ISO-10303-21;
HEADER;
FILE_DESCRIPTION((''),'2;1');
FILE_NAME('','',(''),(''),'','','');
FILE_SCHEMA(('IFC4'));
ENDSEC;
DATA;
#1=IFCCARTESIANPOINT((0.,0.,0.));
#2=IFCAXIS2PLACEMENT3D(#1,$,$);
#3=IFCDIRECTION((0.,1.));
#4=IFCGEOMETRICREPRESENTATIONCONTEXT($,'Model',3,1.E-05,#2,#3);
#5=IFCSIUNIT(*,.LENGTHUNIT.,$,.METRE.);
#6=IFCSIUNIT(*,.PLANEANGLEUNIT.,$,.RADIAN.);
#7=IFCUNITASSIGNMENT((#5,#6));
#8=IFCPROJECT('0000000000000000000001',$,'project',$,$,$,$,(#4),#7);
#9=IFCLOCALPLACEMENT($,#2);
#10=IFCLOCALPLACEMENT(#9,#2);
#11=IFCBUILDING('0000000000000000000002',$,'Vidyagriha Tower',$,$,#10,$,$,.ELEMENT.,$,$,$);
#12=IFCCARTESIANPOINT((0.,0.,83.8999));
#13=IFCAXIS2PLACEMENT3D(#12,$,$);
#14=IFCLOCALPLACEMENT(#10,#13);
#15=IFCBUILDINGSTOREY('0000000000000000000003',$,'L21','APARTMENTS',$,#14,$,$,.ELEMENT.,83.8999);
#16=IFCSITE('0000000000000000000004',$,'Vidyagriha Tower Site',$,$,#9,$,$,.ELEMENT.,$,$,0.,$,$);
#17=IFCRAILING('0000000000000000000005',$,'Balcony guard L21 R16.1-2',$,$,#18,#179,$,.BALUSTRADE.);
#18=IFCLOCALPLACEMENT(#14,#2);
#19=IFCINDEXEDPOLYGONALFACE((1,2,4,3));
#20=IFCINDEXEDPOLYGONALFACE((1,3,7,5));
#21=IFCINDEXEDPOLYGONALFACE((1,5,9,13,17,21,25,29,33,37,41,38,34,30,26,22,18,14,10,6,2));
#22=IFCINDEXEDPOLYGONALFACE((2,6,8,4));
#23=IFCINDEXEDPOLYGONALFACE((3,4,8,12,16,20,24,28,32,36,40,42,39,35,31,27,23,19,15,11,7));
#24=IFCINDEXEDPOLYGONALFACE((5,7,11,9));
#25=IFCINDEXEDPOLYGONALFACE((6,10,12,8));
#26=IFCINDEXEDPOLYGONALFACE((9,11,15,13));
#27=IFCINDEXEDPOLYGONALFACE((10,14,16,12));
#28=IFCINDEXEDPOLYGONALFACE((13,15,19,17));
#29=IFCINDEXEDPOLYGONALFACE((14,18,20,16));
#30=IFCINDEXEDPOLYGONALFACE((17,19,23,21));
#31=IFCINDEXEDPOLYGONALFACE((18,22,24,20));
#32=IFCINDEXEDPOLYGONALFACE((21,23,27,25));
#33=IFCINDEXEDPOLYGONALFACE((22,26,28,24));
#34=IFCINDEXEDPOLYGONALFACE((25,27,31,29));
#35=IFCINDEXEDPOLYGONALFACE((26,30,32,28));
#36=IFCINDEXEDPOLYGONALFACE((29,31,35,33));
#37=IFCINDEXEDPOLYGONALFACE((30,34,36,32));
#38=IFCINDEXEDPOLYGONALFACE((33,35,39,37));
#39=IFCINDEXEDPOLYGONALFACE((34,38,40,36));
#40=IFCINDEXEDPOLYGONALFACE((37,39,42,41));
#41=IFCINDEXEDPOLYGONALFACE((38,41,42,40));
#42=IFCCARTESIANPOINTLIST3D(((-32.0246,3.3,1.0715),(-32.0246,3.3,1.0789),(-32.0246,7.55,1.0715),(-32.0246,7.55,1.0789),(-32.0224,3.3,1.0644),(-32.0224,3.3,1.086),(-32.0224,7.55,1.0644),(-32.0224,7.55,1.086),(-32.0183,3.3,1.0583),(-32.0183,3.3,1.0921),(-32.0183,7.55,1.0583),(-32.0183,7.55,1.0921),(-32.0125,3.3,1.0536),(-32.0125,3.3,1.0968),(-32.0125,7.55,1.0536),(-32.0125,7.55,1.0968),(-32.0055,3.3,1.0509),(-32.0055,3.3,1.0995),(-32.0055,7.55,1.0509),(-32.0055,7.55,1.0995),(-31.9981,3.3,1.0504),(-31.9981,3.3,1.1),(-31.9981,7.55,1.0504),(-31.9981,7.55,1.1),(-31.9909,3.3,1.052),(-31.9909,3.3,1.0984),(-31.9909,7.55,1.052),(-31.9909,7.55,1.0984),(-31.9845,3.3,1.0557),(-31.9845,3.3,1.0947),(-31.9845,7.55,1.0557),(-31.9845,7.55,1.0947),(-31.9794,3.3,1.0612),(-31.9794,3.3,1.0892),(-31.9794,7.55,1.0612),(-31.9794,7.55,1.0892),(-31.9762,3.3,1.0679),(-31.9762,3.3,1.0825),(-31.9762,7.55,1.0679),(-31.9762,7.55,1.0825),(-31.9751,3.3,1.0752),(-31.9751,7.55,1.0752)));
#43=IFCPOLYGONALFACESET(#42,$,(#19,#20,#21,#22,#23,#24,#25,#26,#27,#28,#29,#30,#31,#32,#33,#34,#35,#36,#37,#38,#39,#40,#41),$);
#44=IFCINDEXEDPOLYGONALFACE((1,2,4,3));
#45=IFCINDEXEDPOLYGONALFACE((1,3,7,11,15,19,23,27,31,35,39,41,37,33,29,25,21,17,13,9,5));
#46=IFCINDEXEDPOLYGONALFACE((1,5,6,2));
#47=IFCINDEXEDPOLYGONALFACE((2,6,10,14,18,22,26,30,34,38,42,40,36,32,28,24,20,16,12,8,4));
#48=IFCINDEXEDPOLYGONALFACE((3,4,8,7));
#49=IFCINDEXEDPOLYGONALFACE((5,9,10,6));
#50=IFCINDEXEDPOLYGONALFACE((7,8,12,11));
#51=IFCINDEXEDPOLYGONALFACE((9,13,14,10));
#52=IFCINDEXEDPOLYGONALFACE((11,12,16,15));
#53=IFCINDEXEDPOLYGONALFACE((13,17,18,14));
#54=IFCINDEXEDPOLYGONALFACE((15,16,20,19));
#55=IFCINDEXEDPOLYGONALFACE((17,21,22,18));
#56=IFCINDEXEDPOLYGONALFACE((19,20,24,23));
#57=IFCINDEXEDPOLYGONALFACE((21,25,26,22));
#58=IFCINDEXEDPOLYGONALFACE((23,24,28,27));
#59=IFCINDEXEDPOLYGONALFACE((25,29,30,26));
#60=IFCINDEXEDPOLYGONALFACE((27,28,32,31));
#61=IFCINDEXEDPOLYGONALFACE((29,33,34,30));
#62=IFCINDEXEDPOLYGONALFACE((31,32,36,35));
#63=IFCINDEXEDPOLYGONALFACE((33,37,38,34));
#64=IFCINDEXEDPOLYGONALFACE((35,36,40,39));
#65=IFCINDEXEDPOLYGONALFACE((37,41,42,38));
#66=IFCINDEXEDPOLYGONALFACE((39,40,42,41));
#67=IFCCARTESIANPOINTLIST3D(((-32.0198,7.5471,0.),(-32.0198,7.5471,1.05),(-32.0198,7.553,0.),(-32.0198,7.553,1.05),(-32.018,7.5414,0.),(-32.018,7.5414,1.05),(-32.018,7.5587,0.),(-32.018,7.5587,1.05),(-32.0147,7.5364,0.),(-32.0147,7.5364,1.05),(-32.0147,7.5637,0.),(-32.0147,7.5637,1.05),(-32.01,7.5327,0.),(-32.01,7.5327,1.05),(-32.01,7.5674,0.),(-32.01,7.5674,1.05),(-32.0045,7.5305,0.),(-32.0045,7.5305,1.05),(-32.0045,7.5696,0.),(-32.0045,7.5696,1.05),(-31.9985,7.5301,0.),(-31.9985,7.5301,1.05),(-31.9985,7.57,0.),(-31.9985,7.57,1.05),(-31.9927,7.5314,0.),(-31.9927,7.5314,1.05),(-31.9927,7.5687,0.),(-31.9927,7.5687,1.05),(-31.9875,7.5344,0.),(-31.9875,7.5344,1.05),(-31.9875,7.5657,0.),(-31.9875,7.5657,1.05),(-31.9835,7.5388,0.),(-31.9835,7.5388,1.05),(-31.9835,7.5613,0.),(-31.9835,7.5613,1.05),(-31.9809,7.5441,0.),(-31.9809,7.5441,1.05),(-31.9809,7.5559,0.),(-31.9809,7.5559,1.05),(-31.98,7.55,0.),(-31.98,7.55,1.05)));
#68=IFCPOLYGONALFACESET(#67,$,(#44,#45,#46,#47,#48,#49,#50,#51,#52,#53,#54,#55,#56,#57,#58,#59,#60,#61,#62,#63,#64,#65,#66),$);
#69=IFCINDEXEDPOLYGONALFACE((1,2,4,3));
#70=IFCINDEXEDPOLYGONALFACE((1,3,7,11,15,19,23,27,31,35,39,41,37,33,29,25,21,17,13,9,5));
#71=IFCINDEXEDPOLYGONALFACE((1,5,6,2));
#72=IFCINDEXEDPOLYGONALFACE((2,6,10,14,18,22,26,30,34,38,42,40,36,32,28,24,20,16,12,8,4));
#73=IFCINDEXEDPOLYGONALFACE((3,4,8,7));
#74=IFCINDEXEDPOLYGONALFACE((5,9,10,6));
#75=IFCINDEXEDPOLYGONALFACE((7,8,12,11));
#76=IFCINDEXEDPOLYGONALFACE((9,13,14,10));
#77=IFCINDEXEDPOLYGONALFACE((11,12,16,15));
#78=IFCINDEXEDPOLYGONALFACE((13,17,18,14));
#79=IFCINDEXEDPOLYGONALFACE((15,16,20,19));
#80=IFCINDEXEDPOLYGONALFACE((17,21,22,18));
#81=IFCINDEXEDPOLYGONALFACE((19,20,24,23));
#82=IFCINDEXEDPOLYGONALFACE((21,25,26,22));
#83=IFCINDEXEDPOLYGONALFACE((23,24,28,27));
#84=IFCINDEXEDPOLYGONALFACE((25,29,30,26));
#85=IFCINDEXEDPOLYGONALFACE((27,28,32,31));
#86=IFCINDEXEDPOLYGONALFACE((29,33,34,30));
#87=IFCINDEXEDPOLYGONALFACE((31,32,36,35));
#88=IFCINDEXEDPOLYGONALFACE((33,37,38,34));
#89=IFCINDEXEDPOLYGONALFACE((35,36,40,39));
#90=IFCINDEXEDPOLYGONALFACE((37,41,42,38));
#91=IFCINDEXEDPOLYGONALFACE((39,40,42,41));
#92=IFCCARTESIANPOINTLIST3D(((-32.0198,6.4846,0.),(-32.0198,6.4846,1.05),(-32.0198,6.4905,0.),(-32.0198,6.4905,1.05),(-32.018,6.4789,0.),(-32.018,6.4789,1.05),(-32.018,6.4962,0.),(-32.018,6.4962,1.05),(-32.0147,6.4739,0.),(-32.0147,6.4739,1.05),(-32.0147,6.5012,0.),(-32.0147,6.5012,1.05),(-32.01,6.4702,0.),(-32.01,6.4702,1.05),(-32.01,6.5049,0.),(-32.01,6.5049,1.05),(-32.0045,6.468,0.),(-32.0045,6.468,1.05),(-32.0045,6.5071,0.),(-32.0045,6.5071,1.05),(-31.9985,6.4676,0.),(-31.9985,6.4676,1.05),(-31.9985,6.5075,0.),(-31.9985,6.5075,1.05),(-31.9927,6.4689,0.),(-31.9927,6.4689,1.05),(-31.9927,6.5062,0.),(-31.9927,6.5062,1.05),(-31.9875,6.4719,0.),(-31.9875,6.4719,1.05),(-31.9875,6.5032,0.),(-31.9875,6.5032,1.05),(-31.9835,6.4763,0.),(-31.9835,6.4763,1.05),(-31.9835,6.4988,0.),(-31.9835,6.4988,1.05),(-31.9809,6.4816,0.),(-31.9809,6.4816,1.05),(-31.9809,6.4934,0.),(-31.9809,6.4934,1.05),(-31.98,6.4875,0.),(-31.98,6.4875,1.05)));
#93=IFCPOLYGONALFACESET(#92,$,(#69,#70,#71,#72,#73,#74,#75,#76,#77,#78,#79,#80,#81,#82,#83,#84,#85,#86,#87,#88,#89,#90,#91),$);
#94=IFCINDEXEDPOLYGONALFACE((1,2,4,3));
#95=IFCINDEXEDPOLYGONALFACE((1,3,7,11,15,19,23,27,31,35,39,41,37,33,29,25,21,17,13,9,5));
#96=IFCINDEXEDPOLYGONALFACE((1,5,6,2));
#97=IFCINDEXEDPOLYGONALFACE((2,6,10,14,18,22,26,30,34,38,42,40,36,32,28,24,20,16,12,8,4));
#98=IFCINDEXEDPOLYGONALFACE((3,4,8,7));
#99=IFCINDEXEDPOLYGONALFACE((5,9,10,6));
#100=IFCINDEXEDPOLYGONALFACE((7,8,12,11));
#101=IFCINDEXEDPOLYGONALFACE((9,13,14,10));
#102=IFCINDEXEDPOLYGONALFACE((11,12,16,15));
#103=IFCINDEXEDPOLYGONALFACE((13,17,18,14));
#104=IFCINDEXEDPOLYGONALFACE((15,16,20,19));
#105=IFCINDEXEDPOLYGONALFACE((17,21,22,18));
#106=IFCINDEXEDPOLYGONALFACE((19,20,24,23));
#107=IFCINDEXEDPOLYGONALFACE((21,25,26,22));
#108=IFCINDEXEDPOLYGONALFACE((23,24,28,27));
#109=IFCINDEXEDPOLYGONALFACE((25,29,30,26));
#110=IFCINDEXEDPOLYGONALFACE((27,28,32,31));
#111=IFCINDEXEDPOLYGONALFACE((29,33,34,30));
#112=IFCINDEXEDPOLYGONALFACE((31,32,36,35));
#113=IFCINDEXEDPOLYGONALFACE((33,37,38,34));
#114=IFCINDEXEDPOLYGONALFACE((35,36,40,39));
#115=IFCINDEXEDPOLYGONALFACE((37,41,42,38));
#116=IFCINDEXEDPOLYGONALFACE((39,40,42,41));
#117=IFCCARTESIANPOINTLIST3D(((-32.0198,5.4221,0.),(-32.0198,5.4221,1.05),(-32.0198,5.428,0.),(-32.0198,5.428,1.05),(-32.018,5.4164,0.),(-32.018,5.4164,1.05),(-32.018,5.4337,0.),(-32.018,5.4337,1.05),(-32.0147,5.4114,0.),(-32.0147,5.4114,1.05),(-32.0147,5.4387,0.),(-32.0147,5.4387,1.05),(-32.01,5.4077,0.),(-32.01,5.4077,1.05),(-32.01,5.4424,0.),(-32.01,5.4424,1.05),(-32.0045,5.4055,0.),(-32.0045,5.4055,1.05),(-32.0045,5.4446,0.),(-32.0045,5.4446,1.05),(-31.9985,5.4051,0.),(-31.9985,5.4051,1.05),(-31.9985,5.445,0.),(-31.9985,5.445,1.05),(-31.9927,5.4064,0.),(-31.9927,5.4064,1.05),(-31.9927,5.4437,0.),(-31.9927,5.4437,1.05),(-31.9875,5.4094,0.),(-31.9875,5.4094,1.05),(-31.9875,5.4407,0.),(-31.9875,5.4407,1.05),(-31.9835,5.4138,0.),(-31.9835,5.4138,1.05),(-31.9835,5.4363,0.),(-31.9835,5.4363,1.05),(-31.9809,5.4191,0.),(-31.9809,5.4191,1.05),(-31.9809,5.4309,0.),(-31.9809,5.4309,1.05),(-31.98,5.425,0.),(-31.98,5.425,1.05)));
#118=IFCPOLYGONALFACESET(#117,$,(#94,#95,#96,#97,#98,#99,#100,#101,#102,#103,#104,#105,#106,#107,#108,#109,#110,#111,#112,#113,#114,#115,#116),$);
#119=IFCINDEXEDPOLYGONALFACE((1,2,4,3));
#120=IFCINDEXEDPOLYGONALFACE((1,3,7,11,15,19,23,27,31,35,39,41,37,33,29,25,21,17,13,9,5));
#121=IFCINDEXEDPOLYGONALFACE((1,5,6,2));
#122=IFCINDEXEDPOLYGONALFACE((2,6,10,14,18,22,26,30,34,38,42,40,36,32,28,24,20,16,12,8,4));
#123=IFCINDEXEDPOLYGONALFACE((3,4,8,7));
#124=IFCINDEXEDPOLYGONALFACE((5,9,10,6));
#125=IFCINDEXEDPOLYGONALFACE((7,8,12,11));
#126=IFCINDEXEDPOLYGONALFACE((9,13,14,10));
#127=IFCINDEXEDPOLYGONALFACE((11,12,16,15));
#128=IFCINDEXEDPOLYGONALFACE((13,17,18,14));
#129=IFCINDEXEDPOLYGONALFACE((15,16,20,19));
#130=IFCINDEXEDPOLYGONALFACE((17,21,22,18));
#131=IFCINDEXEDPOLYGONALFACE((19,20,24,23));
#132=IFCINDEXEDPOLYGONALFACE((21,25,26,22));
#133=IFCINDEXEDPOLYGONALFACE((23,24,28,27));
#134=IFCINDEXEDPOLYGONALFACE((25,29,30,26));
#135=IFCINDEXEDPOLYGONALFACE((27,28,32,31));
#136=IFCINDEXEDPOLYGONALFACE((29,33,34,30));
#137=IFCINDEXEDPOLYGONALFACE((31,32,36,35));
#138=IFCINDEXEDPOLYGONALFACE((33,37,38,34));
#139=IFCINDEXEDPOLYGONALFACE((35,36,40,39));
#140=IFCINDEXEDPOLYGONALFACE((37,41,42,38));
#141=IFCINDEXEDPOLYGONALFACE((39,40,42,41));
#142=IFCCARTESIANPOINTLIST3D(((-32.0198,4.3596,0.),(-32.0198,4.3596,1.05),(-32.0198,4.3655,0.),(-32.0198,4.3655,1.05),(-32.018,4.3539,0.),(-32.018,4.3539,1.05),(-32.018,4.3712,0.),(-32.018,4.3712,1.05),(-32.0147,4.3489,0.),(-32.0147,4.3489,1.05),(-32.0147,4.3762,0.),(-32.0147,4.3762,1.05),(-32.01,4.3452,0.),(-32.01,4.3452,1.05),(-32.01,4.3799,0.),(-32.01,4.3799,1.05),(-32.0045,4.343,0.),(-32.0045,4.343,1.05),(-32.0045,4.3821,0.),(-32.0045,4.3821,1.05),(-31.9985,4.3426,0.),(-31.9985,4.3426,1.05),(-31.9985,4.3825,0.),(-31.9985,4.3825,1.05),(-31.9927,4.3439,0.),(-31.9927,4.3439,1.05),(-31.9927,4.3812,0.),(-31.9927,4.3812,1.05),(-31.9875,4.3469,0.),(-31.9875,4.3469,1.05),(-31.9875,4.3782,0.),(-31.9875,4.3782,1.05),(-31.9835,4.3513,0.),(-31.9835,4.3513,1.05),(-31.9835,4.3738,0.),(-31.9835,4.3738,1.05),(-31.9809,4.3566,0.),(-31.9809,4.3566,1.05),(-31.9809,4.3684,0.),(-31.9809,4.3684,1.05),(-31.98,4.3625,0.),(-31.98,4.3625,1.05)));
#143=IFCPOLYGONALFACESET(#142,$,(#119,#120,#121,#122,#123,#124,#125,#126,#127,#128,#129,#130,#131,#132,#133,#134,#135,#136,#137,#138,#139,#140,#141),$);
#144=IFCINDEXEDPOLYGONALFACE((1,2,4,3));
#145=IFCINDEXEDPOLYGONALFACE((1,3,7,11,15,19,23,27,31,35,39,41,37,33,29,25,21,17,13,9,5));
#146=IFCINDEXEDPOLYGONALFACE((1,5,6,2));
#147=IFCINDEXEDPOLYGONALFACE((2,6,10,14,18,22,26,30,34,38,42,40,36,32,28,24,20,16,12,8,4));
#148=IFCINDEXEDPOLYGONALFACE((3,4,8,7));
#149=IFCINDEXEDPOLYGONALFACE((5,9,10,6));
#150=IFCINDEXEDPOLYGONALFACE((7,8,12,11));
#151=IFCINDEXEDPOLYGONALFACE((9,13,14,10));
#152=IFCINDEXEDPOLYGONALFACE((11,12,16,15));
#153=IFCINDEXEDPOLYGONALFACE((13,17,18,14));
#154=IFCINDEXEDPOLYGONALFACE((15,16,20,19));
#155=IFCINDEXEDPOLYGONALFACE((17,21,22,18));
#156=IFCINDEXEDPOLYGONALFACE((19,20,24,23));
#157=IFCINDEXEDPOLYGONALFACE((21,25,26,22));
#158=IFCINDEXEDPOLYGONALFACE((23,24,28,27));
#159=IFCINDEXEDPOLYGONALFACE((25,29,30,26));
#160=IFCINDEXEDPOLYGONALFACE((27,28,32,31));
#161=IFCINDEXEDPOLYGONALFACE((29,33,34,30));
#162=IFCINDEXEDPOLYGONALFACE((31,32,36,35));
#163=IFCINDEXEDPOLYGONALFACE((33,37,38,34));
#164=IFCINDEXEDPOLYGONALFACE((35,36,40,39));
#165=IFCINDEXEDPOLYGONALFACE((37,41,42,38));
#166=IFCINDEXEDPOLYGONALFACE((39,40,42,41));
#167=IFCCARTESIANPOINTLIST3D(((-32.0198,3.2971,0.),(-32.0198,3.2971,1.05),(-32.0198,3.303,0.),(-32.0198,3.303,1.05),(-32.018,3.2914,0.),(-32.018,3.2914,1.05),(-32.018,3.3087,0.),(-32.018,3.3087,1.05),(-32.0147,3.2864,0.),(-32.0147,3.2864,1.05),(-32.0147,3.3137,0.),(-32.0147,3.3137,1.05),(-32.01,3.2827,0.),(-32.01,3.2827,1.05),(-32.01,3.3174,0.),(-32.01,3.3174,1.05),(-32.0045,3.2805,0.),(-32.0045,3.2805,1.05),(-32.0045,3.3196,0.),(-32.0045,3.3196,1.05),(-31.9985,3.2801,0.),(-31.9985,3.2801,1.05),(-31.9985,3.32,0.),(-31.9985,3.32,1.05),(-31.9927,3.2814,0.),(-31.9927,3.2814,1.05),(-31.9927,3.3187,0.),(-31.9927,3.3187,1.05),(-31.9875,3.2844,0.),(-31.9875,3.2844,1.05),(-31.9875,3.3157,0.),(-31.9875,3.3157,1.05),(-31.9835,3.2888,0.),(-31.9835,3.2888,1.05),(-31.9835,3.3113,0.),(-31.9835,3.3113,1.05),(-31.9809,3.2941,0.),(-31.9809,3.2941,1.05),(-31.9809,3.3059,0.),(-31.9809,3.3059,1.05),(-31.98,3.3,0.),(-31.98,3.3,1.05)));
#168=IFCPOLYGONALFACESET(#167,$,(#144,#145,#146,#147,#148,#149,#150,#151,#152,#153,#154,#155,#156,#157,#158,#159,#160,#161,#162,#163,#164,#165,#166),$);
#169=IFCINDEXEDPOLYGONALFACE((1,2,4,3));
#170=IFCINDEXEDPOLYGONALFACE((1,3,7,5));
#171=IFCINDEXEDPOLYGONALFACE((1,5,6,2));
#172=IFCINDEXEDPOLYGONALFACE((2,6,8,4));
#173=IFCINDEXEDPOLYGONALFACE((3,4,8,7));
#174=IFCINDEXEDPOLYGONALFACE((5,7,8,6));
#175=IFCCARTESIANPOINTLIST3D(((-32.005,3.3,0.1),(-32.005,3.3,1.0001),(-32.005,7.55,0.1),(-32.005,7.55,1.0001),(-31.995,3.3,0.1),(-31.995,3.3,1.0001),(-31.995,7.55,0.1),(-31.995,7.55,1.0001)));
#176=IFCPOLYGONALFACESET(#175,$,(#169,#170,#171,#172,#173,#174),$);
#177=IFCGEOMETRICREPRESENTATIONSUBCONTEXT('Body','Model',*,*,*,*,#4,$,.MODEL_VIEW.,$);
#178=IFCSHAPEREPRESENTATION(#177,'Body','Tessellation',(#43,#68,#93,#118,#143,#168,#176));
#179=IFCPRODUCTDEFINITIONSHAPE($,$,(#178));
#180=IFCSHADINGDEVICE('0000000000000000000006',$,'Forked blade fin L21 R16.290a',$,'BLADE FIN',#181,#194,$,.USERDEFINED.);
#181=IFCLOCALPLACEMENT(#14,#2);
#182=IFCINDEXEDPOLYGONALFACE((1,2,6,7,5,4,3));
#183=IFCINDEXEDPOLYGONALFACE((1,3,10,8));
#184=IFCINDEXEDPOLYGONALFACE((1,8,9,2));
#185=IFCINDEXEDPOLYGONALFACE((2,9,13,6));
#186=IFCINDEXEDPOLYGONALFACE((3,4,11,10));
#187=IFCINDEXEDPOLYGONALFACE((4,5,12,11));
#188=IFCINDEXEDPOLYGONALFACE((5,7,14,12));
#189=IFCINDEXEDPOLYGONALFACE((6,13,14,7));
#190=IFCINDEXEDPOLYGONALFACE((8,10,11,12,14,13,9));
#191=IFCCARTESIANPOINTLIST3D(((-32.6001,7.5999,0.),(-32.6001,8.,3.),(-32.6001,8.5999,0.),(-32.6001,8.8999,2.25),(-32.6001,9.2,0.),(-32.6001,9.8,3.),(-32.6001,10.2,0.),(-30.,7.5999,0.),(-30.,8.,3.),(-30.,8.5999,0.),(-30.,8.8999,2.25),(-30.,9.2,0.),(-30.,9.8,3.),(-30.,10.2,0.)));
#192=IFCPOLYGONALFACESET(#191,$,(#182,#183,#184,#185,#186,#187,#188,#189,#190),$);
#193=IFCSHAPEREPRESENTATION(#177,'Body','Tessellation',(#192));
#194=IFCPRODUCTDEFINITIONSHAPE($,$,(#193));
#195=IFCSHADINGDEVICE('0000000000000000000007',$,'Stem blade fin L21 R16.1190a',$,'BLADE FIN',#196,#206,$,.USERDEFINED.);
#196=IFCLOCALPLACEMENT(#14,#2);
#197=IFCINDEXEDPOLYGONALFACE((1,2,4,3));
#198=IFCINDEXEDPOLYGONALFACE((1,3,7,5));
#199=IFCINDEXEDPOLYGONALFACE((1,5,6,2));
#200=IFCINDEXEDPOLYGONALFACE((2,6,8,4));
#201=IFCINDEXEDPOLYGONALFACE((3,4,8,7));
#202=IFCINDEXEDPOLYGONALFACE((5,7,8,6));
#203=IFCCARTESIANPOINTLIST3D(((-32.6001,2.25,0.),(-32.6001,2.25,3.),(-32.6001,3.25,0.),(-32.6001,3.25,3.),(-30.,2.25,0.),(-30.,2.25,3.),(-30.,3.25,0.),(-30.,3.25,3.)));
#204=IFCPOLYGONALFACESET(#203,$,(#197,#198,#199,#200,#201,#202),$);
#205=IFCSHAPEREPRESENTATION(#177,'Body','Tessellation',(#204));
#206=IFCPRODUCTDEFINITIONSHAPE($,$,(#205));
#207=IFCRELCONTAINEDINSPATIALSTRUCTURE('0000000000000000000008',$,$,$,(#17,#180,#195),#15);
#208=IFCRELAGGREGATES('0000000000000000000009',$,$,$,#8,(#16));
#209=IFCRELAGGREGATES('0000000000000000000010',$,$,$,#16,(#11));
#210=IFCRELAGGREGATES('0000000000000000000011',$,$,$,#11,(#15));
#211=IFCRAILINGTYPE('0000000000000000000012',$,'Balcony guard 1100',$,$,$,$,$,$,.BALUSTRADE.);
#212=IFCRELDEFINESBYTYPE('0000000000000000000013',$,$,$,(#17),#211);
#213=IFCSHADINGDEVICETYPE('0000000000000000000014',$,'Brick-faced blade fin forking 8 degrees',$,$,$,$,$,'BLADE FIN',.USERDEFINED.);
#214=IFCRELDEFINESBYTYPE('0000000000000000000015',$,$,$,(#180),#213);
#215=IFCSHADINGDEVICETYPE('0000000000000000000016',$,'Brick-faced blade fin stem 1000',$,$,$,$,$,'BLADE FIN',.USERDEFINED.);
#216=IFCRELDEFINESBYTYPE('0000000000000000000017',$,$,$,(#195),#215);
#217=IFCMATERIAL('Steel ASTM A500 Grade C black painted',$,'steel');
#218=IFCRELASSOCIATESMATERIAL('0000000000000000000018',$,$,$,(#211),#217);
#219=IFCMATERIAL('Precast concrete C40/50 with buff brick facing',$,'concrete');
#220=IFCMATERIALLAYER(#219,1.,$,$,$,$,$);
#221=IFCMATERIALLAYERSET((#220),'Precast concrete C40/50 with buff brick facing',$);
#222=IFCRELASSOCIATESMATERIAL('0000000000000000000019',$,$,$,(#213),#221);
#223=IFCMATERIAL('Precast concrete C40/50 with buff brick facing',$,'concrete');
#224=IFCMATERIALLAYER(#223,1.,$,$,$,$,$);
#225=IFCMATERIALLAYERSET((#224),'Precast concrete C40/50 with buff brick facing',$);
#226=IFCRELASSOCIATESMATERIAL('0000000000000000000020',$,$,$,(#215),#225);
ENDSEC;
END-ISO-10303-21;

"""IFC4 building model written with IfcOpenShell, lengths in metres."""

from ifc_helpers import new_model, si_unit, direction, frame, origin, origin_2d, place, context, subcontext, project, spatial, polyline, rectangle, circle, outline, extrude, material, layer, layer_set, type_object, element, save


model = new_model("IFC4")

# Units and contexts
model_context = context("Model", 3, precision=1e-05, world=origin(), true_north=direction((0.0, 1.0)))
body_context = subcontext(model_context, "Body", "Model", "MODEL_VIEW")
ifc_project = project(units=[si_unit("LENGTHUNIT", "METRE"), si_unit("PLANEANGLEUNIT", "RADIAN")], contexts=[model_context])

# Site, building, storey
site_placement = place(None, origin())
site = spatial("IfcSite", under=ifc_project, at=site_placement, Name="Vidyagriha Tower Site", CompositionType="ELEMENT", RefElevation=0.0)
building_placement = place(site_placement, origin())
building = spatial("IfcBuilding", under=site, at=building_placement, Name="Vidyagriha Tower", CompositionType="ELEMENT")
storey_placement = place(building_placement, frame((0.0, 0.0, 83.8999)))
storey = spatial("IfcBuildingStorey", under=building, at=storey_placement, Name="L21", Description="APARTMENTS", CompositionType="ELEMENT", Elevation=83.8999)

# Railing
ifc_material_1 = material(Name="Steel ASTM A500 Grade C black painted", Category="steel")
railing_type_1 = type_object("IfcRailingType", Name="Balcony guard 1100", PredefinedType="BALUSTRADE", material=ifc_material_1)
railing_1_placement = place(storey_placement, frame((-32.0, 7.55, 0.0)))
element("IfcRailing", 1, at=railing_1_placement, inside=storey, type_object=railing_type_1, Name="Balcony guard L21 R16.1-2", PredefinedType="BALUSTRADE", context=body_context, shape_type="SweptSolid", body=[
    extrude(circle(Radius=0.0249, at=origin_2d()), frame((0.0, 0.0, 1.0752), z_axis=(0.0, -1.0, 0.0), x_axis=(1.0, 0.0, 0.0)), (0.0, 0.0, 1.0), 4.25),
    extrude(circle(Radius=0.02, at=origin_2d()), origin(), (0.0, 0.0, 1.0), 1.05),
    extrude(circle(Radius=0.02, at=origin_2d()), frame((0.0, -1.0625, 0.0)), (0.0, 0.0, 1.0), 1.05),
    extrude(circle(Radius=0.02, at=origin_2d()), frame((0.0, -2.125, 0.0)), (0.0, 0.0, 1.0), 1.05),
    extrude(circle(Radius=0.02, at=origin_2d()), frame((0.0, -3.1875, 0.0)), (0.0, 0.0, 1.0), 1.05),
    extrude(circle(Radius=0.02, at=origin_2d()), frame((0.0, -4.25, 0.0)), (0.0, 0.0, 1.0), 1.05),
    extrude(rectangle(XDim=0.01, YDim=0.9001, at=origin_2d()), frame((0.0, 0.0, 0.55), z_axis=(0.0, -1.0, 0.0), x_axis=(1.0, 0.0, 0.0)), (0.0, 0.0, 1.0), 4.25),
])

# Shading devices
ifc_material_2 = material(Name="Precast concrete C40/50 with buff brick facing", Category="concrete")
ifc_layer_1 = layer(ifc_material_2, 1.0)
ifc_layer_set_1 = layer_set([ifc_layer_1], Name="Precast concrete C40/50 with buff brick facing")
shading_device_type_1 = type_object("IfcShadingDeviceType", Name="Brick-faced blade fin forking 8 degrees", ElementType="BLADE FIN", PredefinedType="USERDEFINED", material=ifc_layer_set_1)
shading_device_1_placement = place(storey_placement, frame((-31.3, 10.2, 0.0), z_axis=(0.0, 0.0, 1.0), x_axis=(0.0, -1.0, 0.0)))
element("IfcShadingDevice", 2, at=shading_device_1_placement, inside=storey, type_object=shading_device_type_1, Name="Forked blade fin L21 R16.290a", ObjectType="BLADE FIN", PredefinedType="USERDEFINED", context=body_context, shape_type="SweptSolid", body=[
    extrude(outline(polyline([(1.0, 0.0), (1.3, 2.25), (1.6001, 0.0), (2.6001, 0.0), (2.2, 3.0), (0.3999, 3.0), (0.0, 0.0), (1.0, 0.0)])), frame((0.0, 1.3, 0.0), z_axis=(0.0, -1.0, 0.0), x_axis=(1.0, 0.0, 0.0)), (0.0, 0.0, 1.0), 2.6001),
])
ifc_material_3 = material(Name="Precast concrete C40/50 with buff brick facing", Category="concrete")
ifc_layer_2 = layer(ifc_material_3, 1.0)
ifc_layer_set_2 = layer_set([ifc_layer_2], Name="Precast concrete C40/50 with buff brick facing")
shading_device_type_2 = type_object("IfcShadingDeviceType", Name="Brick-faced blade fin stem 1000", ElementType="BLADE FIN", PredefinedType="USERDEFINED", material=ifc_layer_set_2)
shading_device_2_placement = place(storey_placement, frame((-31.3, 3.25, 0.0), z_axis=(0.0, 0.0, 1.0), x_axis=(0.0, -1.0, 0.0)))
element("IfcShadingDevice", 3, at=shading_device_2_placement, inside=storey, type_object=shading_device_type_2, Name="Stem blade fin L21 R16.1190a", ObjectType="BLADE FIN", PredefinedType="USERDEFINED", context=body_context, shape_type="SweptSolid", body=[
    extrude(outline(polyline([(0.0, 0.0), (1.0, 0.0), (1.0, 3.0), (0.0, 3.0), (0.0, 0.0)])), frame((0.0, 1.3, 0.0), z_axis=(0.0, -1.0, 0.0), x_axis=(1.0, 0.0, 0.0)), (0.0, 0.0, 1.0), 2.6001),
])

save(model, "model.ifc")
